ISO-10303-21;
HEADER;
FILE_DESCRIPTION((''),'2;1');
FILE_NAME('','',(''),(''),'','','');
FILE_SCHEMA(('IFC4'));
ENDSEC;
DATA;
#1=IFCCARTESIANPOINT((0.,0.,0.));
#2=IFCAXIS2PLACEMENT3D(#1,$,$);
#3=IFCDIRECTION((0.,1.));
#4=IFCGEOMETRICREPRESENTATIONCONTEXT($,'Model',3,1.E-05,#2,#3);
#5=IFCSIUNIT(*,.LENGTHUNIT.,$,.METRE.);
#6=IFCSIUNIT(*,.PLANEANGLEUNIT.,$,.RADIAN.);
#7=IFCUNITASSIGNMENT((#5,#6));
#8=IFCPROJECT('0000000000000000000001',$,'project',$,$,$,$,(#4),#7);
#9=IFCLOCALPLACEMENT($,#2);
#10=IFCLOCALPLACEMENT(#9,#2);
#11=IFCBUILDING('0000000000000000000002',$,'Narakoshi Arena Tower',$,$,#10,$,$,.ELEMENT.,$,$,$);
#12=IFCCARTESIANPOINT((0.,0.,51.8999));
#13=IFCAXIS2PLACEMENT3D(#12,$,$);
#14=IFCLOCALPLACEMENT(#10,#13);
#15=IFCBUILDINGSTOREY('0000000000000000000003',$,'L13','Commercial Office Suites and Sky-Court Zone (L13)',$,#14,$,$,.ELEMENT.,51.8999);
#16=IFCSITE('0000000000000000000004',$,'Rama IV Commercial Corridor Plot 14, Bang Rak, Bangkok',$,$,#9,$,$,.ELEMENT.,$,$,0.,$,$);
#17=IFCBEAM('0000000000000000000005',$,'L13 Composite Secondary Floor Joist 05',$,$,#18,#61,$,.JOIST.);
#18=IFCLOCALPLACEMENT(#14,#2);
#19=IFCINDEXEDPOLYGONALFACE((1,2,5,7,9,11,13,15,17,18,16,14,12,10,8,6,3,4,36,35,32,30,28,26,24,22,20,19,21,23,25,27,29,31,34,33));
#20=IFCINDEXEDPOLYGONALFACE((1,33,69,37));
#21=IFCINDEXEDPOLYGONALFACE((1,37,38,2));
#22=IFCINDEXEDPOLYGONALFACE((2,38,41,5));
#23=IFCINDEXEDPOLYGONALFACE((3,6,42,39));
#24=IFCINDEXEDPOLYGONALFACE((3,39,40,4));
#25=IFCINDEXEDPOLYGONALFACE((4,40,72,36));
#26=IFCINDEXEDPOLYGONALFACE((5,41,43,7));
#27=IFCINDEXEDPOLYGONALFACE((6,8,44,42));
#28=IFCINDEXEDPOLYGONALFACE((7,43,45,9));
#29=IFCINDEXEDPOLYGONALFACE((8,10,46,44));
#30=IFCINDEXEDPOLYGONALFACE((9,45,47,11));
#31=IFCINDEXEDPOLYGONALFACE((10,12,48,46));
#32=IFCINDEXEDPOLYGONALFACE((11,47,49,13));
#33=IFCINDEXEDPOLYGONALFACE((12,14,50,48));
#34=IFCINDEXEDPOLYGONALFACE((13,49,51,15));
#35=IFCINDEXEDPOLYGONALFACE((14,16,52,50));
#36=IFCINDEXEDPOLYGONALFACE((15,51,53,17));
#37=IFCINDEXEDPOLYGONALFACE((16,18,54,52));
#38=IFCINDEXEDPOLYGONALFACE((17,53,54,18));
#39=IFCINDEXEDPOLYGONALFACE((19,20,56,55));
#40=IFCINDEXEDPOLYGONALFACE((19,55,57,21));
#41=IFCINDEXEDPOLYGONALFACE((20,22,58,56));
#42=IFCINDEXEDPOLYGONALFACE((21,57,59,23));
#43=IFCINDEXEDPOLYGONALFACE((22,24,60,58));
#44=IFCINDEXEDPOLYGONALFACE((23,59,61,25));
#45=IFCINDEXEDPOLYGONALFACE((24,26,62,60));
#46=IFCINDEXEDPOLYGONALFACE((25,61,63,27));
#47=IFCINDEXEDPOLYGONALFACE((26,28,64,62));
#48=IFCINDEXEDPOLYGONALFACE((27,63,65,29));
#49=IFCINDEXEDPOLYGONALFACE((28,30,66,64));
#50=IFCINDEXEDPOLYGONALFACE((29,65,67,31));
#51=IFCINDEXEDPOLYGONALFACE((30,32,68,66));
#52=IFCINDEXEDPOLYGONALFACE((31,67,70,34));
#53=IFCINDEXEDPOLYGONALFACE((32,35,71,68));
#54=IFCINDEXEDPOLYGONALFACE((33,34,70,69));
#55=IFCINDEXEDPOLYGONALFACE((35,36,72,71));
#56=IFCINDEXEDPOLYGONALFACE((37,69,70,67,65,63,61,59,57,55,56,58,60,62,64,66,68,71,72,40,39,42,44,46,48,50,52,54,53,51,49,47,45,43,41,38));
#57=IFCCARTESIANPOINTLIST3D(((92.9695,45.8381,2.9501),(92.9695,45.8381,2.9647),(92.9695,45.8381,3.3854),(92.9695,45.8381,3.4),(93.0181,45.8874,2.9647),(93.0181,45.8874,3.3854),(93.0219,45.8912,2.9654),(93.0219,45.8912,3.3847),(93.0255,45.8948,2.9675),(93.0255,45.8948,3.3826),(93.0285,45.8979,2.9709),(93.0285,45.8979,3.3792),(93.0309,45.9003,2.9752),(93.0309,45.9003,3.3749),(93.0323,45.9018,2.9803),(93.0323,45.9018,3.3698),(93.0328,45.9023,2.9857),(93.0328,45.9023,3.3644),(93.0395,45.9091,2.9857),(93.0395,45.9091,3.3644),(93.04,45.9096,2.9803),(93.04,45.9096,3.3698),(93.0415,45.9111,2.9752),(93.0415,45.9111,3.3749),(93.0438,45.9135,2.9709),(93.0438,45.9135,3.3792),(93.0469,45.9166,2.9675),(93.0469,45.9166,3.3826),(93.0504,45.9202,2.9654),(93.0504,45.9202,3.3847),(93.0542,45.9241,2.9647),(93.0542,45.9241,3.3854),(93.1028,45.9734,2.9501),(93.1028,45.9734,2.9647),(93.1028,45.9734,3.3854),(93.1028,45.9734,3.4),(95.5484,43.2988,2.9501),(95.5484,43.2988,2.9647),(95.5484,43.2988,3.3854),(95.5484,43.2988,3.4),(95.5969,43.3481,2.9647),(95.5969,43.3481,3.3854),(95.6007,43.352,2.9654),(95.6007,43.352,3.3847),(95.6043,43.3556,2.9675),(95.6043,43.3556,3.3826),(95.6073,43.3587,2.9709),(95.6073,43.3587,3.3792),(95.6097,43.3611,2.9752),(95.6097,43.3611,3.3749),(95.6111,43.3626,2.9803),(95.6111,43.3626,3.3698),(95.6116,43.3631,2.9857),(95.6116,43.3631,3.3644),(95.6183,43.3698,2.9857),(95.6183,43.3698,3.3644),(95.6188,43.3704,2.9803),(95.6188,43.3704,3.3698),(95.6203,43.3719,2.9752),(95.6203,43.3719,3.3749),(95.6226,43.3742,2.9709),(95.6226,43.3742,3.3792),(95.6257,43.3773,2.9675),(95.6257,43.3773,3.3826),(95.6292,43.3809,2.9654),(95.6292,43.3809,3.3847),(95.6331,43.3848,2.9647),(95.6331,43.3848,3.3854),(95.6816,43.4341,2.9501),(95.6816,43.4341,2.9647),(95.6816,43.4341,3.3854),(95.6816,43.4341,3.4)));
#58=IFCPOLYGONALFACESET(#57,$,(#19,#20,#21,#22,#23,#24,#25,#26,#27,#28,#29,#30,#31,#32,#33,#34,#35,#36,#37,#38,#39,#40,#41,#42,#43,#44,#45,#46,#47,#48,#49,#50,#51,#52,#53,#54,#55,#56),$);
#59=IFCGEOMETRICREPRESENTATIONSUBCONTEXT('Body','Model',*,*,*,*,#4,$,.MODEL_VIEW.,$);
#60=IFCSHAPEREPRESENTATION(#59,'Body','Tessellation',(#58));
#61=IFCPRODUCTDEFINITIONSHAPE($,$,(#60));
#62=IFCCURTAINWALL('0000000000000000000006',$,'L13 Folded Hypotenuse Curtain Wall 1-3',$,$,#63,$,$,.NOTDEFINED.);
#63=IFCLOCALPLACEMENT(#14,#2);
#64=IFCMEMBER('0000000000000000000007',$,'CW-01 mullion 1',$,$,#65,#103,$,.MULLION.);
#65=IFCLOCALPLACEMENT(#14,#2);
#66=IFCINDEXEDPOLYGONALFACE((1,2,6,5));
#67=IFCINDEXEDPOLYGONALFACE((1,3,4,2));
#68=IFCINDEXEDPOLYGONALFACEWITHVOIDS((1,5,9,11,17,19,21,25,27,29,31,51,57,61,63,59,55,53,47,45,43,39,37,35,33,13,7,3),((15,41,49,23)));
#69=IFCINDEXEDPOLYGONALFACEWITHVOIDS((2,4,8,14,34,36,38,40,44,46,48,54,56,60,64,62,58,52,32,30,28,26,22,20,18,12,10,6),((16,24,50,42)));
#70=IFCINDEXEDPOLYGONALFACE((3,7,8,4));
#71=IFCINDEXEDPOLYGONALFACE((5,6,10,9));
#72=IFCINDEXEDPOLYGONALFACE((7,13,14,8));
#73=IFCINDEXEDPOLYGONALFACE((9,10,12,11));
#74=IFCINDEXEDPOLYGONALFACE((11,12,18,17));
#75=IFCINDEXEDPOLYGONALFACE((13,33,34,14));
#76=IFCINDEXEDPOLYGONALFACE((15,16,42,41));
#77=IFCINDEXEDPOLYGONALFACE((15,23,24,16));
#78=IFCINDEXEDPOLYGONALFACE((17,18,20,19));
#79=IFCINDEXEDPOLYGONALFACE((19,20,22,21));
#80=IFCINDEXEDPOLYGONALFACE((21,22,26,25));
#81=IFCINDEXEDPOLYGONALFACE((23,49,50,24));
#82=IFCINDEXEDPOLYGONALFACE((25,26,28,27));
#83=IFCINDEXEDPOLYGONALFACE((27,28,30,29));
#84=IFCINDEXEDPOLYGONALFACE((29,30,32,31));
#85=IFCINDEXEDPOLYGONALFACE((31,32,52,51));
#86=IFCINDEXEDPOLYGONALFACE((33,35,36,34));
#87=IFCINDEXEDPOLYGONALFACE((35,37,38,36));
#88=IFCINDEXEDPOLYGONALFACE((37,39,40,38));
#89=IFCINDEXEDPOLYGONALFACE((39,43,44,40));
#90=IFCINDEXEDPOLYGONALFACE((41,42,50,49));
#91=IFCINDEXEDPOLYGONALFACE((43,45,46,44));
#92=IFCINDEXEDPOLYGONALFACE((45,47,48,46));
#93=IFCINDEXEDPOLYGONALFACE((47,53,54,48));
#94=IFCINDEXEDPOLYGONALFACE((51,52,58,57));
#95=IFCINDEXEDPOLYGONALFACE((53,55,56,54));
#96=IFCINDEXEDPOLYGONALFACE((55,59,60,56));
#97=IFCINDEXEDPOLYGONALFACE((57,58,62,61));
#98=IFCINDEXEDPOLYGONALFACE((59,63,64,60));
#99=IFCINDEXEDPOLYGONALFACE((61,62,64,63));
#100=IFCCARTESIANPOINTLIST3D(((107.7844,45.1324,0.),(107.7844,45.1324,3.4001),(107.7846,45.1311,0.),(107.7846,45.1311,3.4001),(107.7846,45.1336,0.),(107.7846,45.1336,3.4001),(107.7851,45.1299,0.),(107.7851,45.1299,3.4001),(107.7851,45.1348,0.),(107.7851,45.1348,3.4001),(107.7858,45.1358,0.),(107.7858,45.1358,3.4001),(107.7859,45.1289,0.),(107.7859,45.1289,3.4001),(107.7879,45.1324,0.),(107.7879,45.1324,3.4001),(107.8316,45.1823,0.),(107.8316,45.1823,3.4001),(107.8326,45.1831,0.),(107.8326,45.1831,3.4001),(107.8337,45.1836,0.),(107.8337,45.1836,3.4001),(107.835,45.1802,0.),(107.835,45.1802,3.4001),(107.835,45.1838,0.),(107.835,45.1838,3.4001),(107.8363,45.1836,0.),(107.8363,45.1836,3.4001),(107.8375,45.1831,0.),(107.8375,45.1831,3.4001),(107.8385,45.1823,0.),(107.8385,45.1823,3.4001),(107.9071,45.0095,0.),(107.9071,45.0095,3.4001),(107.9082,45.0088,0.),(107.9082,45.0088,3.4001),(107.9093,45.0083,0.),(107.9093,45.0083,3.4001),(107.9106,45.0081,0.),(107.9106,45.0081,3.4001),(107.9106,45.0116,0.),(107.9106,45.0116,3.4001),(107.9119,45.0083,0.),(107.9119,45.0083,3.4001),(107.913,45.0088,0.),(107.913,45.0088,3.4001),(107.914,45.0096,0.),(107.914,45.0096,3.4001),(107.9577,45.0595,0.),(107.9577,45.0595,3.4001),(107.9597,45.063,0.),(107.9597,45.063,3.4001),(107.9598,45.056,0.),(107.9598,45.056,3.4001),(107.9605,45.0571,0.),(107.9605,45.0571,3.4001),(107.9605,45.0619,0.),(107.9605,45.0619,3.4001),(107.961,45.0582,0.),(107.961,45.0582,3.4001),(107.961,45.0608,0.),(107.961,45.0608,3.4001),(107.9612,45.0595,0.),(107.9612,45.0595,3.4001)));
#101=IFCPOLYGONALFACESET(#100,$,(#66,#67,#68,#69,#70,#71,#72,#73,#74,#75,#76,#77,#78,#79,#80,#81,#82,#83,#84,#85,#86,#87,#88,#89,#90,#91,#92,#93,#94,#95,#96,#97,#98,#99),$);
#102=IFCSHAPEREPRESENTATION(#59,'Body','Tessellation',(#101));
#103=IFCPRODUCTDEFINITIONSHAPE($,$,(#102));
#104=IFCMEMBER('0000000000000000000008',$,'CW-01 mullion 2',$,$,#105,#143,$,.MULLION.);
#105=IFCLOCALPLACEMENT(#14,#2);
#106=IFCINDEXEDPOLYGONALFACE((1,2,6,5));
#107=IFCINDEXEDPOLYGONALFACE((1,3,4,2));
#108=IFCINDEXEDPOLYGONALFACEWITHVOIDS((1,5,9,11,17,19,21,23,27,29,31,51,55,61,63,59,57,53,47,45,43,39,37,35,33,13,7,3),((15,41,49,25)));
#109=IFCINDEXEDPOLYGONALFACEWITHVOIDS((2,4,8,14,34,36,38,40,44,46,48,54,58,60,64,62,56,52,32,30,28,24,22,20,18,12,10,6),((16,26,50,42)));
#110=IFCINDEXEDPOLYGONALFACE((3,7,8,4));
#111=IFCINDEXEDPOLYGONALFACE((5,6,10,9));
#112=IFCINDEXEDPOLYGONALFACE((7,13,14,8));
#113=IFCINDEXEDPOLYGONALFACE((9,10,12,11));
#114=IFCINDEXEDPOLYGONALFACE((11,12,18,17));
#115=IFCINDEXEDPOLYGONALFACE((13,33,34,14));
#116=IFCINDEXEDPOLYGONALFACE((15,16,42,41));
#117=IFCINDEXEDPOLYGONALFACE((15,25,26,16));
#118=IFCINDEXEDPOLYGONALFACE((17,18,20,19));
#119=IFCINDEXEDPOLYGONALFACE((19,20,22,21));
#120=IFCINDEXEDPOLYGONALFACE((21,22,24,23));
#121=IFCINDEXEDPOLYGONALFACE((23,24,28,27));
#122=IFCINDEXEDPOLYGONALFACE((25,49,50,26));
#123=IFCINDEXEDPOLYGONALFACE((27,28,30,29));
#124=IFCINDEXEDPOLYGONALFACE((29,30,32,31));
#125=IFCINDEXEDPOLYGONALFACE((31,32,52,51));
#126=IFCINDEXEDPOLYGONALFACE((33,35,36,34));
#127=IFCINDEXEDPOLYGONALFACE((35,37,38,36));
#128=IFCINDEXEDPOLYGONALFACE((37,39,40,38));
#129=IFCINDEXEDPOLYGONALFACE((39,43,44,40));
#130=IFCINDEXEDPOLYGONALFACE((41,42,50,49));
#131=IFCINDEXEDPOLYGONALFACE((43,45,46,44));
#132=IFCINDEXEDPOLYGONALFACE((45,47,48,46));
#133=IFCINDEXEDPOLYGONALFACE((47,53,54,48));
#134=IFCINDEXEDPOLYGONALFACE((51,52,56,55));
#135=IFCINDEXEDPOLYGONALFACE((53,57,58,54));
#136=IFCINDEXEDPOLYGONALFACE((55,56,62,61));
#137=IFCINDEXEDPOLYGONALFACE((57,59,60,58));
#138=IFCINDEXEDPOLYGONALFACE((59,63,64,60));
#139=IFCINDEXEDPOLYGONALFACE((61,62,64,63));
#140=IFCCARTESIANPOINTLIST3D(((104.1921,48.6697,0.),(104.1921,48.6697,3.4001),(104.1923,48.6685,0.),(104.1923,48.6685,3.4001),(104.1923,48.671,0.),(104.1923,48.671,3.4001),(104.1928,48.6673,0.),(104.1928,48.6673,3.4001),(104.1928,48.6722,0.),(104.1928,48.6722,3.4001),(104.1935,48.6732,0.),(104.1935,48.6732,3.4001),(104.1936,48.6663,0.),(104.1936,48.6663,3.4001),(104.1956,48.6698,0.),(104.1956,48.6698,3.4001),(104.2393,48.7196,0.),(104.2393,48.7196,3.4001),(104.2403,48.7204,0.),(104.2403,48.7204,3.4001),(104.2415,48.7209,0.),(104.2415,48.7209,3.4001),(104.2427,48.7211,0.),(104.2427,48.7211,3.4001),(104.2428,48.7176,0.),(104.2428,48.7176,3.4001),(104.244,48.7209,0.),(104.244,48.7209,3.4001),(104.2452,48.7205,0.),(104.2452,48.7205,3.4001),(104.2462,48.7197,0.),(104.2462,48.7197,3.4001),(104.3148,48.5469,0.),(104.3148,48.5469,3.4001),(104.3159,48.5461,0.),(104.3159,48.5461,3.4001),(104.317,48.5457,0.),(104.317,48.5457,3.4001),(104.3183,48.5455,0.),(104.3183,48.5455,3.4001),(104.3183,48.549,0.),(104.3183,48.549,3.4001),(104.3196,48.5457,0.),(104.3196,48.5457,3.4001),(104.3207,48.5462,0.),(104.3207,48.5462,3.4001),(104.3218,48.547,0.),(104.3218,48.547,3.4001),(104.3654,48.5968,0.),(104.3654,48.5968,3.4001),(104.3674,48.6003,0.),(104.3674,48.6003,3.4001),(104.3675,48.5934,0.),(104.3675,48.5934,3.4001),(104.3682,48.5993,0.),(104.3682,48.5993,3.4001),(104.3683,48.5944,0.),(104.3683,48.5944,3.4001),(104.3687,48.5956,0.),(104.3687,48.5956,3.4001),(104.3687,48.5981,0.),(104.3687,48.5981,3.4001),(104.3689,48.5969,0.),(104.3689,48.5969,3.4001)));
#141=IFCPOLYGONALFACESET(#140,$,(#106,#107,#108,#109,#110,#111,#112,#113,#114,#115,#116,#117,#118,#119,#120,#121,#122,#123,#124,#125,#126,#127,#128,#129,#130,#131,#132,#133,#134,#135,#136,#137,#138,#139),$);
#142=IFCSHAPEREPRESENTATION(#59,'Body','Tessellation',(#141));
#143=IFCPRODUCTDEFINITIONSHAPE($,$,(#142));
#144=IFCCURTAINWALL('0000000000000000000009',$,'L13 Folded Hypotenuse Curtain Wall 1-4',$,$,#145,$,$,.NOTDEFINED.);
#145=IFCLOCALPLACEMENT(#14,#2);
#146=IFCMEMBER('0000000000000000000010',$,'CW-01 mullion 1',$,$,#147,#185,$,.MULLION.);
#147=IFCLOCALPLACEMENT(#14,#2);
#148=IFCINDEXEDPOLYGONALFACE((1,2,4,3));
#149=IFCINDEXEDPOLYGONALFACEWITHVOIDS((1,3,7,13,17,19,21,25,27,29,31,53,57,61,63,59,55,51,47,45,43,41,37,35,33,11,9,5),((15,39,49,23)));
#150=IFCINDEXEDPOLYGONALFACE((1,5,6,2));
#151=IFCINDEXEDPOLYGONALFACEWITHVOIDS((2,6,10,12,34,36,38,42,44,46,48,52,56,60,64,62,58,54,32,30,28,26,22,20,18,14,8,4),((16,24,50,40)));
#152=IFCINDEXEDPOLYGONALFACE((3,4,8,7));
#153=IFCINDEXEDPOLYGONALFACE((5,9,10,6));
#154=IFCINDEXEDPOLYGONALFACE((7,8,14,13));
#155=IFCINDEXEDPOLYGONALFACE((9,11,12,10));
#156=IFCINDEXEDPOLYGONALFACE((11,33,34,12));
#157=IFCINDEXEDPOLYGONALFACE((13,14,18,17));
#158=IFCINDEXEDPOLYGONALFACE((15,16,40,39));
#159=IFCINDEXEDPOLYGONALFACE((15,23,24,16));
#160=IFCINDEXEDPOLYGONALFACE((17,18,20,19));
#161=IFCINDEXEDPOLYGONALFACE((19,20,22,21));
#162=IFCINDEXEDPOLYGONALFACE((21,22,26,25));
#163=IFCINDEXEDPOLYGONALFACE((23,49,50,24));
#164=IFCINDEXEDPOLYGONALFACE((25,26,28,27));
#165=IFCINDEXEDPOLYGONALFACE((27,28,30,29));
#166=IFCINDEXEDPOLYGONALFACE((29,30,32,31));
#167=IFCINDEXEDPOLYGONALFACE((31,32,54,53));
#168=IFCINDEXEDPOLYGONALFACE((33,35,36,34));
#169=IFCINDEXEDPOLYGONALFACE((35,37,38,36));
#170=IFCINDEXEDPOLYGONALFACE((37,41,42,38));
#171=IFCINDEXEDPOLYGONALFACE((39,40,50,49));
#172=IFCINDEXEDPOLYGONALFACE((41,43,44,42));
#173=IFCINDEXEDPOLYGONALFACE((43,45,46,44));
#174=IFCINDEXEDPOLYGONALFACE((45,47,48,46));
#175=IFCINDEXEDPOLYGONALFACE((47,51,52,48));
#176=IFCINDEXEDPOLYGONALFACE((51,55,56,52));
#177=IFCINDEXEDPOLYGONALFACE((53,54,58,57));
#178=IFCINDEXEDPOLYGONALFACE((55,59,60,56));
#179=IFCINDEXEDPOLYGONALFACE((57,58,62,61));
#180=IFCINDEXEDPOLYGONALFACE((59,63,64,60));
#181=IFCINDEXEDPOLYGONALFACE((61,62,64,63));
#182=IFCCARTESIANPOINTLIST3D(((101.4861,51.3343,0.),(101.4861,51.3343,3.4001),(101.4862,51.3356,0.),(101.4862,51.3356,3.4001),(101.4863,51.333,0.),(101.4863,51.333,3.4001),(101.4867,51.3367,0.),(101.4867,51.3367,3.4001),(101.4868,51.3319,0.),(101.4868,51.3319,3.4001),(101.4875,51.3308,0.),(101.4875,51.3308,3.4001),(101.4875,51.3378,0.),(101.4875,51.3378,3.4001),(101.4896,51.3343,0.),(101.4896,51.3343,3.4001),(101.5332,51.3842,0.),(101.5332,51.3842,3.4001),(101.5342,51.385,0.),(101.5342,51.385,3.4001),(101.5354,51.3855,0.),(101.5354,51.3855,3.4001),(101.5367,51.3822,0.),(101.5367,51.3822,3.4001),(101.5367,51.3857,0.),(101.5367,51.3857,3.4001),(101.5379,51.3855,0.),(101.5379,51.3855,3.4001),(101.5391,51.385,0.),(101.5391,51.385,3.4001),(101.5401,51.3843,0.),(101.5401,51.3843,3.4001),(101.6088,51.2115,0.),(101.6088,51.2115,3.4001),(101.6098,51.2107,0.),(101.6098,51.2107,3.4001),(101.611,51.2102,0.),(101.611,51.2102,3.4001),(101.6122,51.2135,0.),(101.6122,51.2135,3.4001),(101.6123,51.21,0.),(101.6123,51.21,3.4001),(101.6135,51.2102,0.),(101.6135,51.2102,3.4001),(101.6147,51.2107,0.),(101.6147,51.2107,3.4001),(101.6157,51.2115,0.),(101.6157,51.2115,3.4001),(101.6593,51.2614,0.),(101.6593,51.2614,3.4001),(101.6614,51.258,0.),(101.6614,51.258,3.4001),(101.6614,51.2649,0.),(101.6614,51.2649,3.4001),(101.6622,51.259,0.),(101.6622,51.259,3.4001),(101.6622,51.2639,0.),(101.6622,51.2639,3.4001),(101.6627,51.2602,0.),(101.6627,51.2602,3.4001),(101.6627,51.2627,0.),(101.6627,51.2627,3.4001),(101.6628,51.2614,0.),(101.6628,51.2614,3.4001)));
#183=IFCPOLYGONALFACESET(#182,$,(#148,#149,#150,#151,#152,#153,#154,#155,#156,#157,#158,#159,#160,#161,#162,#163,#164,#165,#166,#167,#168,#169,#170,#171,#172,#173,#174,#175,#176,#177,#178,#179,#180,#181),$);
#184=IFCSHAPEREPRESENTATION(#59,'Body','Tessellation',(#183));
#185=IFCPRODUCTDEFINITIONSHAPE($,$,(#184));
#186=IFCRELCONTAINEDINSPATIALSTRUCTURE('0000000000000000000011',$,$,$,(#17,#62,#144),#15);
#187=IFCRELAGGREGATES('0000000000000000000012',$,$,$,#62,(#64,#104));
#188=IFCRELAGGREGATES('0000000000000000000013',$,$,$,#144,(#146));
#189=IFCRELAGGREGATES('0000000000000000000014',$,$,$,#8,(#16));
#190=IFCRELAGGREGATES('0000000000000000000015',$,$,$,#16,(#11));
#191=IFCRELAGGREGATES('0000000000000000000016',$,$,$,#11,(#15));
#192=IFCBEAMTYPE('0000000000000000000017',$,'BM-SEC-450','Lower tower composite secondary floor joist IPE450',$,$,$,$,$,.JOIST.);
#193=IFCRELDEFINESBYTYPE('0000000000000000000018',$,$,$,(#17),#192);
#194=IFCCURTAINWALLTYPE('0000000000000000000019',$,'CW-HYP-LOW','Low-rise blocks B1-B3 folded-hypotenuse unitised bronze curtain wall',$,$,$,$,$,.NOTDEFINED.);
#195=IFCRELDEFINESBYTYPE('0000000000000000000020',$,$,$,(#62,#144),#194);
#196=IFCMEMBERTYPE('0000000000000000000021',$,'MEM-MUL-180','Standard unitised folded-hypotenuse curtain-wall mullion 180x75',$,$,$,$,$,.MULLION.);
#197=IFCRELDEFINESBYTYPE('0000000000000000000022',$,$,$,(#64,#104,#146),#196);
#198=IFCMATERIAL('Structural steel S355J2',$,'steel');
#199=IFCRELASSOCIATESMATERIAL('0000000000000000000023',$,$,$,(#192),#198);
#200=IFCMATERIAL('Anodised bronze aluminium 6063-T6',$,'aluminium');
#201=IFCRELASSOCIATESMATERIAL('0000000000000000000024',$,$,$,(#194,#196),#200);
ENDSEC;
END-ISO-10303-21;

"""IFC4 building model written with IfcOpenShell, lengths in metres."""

from ifc_helpers import new_model, si_unit, direction, frame, origin, origin_2d, place, context, subcontext, project, spatial, hollow_rectangle, i_section, extrude, material, material_profile, profile_set, type_object, element, aggregate, save


model = new_model("IFC4")

# Units and contexts
model_context = context("Model", 3, precision=1e-05, world=origin(), true_north=direction((0.0, 1.0)))
body_context = subcontext(model_context, "Body", "Model", "MODEL_VIEW")
ifc_project = project(units=[si_unit("LENGTHUNIT", "METRE"), si_unit("PLANEANGLEUNIT", "RADIAN")], contexts=[model_context])

# Site, building, storey
site_placement = place(None, origin())
site = spatial("IfcSite", under=ifc_project, at=site_placement, Name="Rama IV Commercial Corridor Plot 14, Bang Rak, Bangkok", CompositionType="ELEMENT", RefElevation=0.0)
building_placement = place(site_placement, origin())
building = spatial("IfcBuilding", under=site, at=building_placement, Name="Narakoshi Arena Tower", CompositionType="ELEMENT")
storey_placement = place(building_placement, frame((0.0, 0.0, 51.8999)))
storey = spatial("IfcBuildingStorey", under=building, at=storey_placement, Name="L13", Description="Commercial Office Suites and Sky-Court Zone (L13)", CompositionType="ELEMENT", Elevation=51.8999)

# Beam
ifc_material_1 = material(Name="Structural steel S355J2", Category="steel")
ifc_material_profile_1 = material_profile(ifc_material_1, i_section(OverallWidth=0.1899, OverallDepth=0.45, WebThickness=0.0095, FlangeThickness=0.0146, FilletRadius=0.021, at=origin_2d()), Name="IPE450")
ifc_profile_set_1 = profile_set([ifc_material_profile_1], Name="Structural steel S355J2")
beam_type_1 = type_object("IfcBeamType", Name="BM-SEC-450", Description="Lower tower composite secondary floor joist IPE450", PredefinedType="JOIST", material=ifc_profile_set_1)
beam_1_placement = place(storey_placement, frame((95.615, 43.3665, 3.175), z_axis=(-0.71255, 0.701622, 0.0), x_axis=(-0.701622, -0.71255, 0.0)))
element("IfcBeam", 1, at=beam_1_placement, inside=storey, type_object=beam_type_1, Name="L13 Composite Secondary Floor Joist 05", PredefinedType="JOIST", context=body_context, shape_type="SweptSolid", body=[
    extrude(i_section(OverallWidth=0.1899, OverallDepth=0.45, WebThickness=0.0095, FlangeThickness=0.0146, FilletRadius=0.021, at=origin_2d()), origin(), (0.0, 0.0, 1.0), 3.6191),
])

# Curtain walls, members
ifc_material_2 = material(Name="Anodised bronze aluminium 6063-T6", Category="aluminium")
curtain_wall_type = type_object("IfcCurtainWallType", Name="CW-HYP-LOW", Description="Low-rise blocks B1-B3 folded-hypotenuse unitised bronze curtain wall", PredefinedType="NOTDEFINED", material=ifc_material_2)
curtain_wall_1_placement = place(storey_placement, origin())
curtain_wall_1 = element("IfcCurtainWall", 2, at=curtain_wall_1_placement, inside=storey, type_object=curtain_wall_type, Name="L13 Folded Hypotenuse Curtain Wall 1-3", PredefinedType="NOTDEFINED")
ifc_material_profile_2 = material_profile(ifc_material_2, hollow_rectangle(XDim=0.075, YDim=0.1799, WallThickness=0.0039, OuterFilletRadius=0.0049, at=origin_2d()), Name="MUL180x75x4")
ifc_profile_set_2 = profile_set([ifc_material_profile_2], Name="Anodised bronze aluminium 6063-T6")
member_type_1 = type_object("IfcMemberType", Name="MEM-MUL-180", Description="Standard unitised folded-hypotenuse curtain-wall mullion 180x75", PredefinedType="MULLION", material=ifc_profile_set_2)
member_1_placement = place(storey_placement, frame((107.8728, 45.0959, 0.0), z_axis=(0.0, 0.0, 1.0), x_axis=(-0.701633, -0.712539, 0.0)))
member_1 = element("IfcMember", 3, at=member_1_placement, type_object=member_type_1, Name="CW-01 mullion 1", PredefinedType="MULLION", context=body_context, shape_type="SweptSolid", body=[
    extrude(hollow_rectangle(XDim=0.075, YDim=0.1799, WallThickness=0.0039, OuterFilletRadius=0.0049, at=origin_2d()), origin(), (0.0, 0.0, 1.0), 3.4001),
])
member_2_placement = place(storey_placement, frame((104.2805, 48.6333, 0.0), z_axis=(0.0, 0.0, 1.0), x_axis=(-0.701633, -0.712539, 0.0)))
member_2 = element("IfcMember", 4, at=member_2_placement, type_object=member_type_1, Name="CW-01 mullion 2", PredefinedType="MULLION", context=body_context, shape_type="SweptSolid", body=[
    extrude(hollow_rectangle(XDim=0.075, YDim=0.1799, WallThickness=0.0039, OuterFilletRadius=0.0049, at=origin_2d()), origin(), (0.0, 0.0, 1.0), 3.4001),
])
curtain_wall_2_placement = place(storey_placement, origin())
curtain_wall_2 = element("IfcCurtainWall", 5, at=curtain_wall_2_placement, inside=storey, type_object=curtain_wall_type, Name="L13 Folded Hypotenuse Curtain Wall 1-4", PredefinedType="NOTDEFINED")
member_3_placement = place(storey_placement, frame((101.5745, 51.2979, 0.0), z_axis=(0.0, 0.0, 1.0), x_axis=(-0.701633, -0.712539, 0.0)))
member_3 = element("IfcMember", 6, at=member_3_placement, type_object=member_type_1, Name="CW-01 mullion 1", PredefinedType="MULLION", context=body_context, shape_type="SweptSolid", body=[
    extrude(hollow_rectangle(XDim=0.075, YDim=0.1799, WallThickness=0.0039, OuterFilletRadius=0.0049, at=origin_2d()), origin(), (0.0, 0.0, 1.0), 3.4001),
])

aggregate(curtain_wall_1, [member_1, member_2])
aggregate(curtain_wall_2, [member_3])

save(model, "model.ifc")
